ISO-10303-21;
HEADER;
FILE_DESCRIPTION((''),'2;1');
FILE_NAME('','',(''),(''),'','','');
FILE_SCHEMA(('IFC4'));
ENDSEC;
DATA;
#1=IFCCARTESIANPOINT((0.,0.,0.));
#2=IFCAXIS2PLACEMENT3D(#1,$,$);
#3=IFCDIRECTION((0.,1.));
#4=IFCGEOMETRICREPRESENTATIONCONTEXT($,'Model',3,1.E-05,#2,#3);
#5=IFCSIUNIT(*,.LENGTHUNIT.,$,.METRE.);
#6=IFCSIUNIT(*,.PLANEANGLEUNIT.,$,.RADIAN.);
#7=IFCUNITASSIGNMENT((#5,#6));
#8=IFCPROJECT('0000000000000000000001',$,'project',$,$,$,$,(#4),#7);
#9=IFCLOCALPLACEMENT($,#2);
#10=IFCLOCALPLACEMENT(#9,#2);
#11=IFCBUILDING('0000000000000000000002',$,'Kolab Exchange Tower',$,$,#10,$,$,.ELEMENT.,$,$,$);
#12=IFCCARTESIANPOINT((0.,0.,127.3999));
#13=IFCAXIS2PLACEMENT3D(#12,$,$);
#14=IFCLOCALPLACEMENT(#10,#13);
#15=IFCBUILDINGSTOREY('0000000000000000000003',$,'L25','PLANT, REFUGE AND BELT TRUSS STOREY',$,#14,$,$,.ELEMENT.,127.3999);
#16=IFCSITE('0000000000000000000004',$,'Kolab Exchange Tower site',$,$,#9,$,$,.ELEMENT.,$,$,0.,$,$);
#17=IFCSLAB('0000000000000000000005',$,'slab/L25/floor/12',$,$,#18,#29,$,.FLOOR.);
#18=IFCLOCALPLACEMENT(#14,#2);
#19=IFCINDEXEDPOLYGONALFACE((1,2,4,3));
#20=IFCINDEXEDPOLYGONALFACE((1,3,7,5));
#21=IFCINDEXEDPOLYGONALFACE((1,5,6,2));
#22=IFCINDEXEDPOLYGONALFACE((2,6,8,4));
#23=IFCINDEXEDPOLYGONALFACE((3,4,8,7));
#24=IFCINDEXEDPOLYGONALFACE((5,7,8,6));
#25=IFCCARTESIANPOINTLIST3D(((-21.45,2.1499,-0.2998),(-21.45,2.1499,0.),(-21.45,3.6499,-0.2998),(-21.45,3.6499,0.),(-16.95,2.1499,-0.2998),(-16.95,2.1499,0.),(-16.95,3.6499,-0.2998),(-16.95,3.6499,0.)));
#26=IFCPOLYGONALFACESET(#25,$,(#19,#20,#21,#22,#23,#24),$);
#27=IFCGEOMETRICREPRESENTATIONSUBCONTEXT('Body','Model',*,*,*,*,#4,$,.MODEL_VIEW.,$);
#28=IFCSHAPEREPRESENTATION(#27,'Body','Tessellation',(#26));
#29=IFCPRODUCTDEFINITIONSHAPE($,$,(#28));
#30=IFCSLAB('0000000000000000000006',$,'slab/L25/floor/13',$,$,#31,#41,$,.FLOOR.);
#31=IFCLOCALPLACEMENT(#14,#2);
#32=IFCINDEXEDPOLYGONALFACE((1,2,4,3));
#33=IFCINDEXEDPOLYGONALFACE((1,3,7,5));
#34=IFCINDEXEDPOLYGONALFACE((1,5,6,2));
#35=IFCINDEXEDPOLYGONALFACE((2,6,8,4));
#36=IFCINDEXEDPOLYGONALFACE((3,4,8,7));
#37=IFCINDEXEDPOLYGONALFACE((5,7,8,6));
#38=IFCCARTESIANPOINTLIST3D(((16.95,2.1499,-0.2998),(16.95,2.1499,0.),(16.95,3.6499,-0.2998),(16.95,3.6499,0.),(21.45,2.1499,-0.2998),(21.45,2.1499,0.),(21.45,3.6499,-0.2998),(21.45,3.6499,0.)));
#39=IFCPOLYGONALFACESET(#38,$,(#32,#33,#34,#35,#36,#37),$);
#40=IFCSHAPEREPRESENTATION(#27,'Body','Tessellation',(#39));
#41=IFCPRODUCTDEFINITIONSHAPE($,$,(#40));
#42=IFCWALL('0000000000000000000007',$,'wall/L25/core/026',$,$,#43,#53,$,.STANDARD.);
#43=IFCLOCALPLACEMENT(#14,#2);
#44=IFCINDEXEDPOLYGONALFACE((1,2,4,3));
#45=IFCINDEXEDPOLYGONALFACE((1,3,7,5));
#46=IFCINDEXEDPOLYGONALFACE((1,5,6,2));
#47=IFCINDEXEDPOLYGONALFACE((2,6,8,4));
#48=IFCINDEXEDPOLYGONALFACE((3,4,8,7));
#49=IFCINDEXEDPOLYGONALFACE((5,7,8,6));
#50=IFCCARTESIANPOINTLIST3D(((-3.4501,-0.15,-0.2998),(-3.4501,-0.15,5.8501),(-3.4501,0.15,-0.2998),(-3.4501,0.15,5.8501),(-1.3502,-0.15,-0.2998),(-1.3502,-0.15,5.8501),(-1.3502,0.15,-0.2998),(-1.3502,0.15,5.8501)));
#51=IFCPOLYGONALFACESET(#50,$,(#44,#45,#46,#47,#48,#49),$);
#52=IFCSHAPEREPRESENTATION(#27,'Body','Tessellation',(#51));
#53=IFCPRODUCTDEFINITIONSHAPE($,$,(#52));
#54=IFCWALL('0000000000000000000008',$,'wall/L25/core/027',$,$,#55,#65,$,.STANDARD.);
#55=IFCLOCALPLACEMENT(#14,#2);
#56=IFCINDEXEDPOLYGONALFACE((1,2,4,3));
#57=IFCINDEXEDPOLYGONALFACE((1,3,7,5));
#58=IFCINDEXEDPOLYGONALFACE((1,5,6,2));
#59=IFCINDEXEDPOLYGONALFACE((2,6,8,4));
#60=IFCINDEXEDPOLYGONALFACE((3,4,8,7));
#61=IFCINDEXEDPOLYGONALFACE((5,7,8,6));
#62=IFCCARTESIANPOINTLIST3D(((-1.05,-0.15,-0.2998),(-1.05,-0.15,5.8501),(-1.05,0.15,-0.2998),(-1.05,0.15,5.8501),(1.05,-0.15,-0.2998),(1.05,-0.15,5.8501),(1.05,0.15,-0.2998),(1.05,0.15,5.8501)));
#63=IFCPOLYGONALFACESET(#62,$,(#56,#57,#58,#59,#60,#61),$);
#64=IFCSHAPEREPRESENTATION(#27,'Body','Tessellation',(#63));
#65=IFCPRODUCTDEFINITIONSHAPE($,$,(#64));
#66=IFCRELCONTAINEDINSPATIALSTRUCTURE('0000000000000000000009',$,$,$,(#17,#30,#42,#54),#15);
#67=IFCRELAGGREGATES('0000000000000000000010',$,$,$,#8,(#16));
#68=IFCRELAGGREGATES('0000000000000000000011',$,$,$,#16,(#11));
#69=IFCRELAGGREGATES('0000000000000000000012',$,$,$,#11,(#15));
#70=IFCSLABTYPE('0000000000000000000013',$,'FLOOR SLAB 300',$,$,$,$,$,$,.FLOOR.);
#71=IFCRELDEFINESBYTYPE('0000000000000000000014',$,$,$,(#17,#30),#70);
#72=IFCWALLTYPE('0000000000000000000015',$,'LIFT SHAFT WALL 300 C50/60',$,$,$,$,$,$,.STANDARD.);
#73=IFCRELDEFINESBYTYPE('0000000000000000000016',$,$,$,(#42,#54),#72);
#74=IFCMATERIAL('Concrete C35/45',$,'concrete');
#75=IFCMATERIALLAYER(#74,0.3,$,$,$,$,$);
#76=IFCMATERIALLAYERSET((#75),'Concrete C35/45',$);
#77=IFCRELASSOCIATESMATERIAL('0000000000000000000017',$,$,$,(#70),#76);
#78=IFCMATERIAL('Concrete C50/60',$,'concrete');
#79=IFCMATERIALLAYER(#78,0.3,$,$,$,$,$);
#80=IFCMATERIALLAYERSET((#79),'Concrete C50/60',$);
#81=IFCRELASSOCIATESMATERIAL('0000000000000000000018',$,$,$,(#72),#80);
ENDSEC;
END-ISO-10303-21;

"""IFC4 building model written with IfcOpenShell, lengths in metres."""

from ifc_helpers import new_model, si_unit, direction, frame, frame_2d, origin, place, context, subcontext, project, spatial, polyline, rectangle, outline, extrude, material, layer, layer_set, type_object, element, save


model = new_model("IFC4")

# Units and contexts
model_context = context("Model", 3, precision=1e-05, world=origin(), true_north=direction((0.0, 1.0)))
body_context = subcontext(model_context, "Body", "Model", "MODEL_VIEW")
ifc_project = project(units=[si_unit("LENGTHUNIT", "METRE"), si_unit("PLANEANGLEUNIT", "RADIAN")], contexts=[model_context])

# Site, building, storey
site_placement = place(None, origin())
site = spatial("IfcSite", under=ifc_project, at=site_placement, Name="Kolab Exchange Tower site", CompositionType="ELEMENT", RefElevation=0.0)
building_placement = place(site_placement, origin())
building = spatial("IfcBuilding", under=site, at=building_placement, Name="Kolab Exchange Tower", CompositionType="ELEMENT")
storey_placement = place(building_placement, frame((0.0, 0.0, 127.3999)))
storey = spatial("IfcBuildingStorey", under=building, at=storey_placement, Name="L25", Description="PLANT, REFUGE AND BELT TRUSS STOREY", CompositionType="ELEMENT", Elevation=127.3999)

# Slabs
ifc_material_1 = material(Name="Concrete C35/45", Category="concrete")
ifc_layer_1 = layer(ifc_material_1, 0.3)
ifc_layer_set_1 = layer_set([ifc_layer_1], Name="Concrete C35/45")
slab_type = type_object("IfcSlabType", Name="FLOOR SLAB 300", PredefinedType="FLOOR", material=ifc_layer_set_1)
slab_1_placement = place(storey_placement, frame((0.0, 0.0, -0.2998)))
element("IfcSlab", 1, at=slab_1_placement, inside=storey, type_object=slab_type, Name="slab/L25/floor/12", PredefinedType="FLOOR", context=body_context, shape_type="SweptSolid", body=[
    extrude(outline(polyline([(-21.45, 3.6499), (-21.45, 2.1499), (-16.95, 2.1499), (-16.95, 3.6499), (-21.45, 3.6499)])), origin(), (0.0, 0.0, 1.0), 0.2998),
])
slab_2_placement = place(storey_placement, frame((0.0, 0.0, -0.2998)))
element("IfcSlab", 2, at=slab_2_placement, inside=storey, type_object=slab_type, Name="slab/L25/floor/13", PredefinedType="FLOOR", context=body_context, shape_type="SweptSolid", body=[
    extrude(outline(polyline([(21.45, 3.6499), (16.95, 3.6499), (16.95, 2.1499), (21.45, 2.1499), (21.45, 3.6499)])), origin(), (0.0, 0.0, 1.0), 0.2998),
])

# Walls
ifc_material_2 = material(Name="Concrete C50/60", Category="concrete")
ifc_layer_2 = layer(ifc_material_2, 0.3)
ifc_layer_set_2 = layer_set([ifc_layer_2], Name="Concrete C50/60")
wall_type = type_object("IfcWallType", Name="LIFT SHAFT WALL 300 C50/60", PredefinedType="STANDARD", material=ifc_layer_set_2)
wall_1_placement = place(storey_placement, frame((-3.45, 0.0, -0.2998), z_axis=(0.0, 0.0, 1.0), x_axis=(1.0, 0.0, 0.0)))
element("IfcWall", 3, at=wall_1_placement, inside=storey, type_object=wall_type, Name="wall/L25/core/026", PredefinedType="STANDARD", context=body_context, shape_type="SweptSolid", body=[
    extrude(rectangle(XDim=2.0999, YDim=0.3, at=frame_2d((1.0498, 0.0))), origin(), (0.0, 0.0, 1.0), 6.1499),
])
wall_2_placement = place(storey_placement, frame((-1.05, 0.0, -0.2998), z_axis=(0.0, 0.0, 1.0), x_axis=(1.0, 0.0, 0.0)))
element("IfcWall", 4, at=wall_2_placement, inside=storey, type_object=wall_type, Name="wall/L25/core/027", PredefinedType="STANDARD", context=body_context, shape_type="SweptSolid", body=[
    extrude(rectangle(XDim=2.1001, YDim=0.3, at=frame_2d((1.05, 0.0))), origin(), (0.0, 0.0, 1.0), 6.1499),
])

save(model, "model.ifc")
